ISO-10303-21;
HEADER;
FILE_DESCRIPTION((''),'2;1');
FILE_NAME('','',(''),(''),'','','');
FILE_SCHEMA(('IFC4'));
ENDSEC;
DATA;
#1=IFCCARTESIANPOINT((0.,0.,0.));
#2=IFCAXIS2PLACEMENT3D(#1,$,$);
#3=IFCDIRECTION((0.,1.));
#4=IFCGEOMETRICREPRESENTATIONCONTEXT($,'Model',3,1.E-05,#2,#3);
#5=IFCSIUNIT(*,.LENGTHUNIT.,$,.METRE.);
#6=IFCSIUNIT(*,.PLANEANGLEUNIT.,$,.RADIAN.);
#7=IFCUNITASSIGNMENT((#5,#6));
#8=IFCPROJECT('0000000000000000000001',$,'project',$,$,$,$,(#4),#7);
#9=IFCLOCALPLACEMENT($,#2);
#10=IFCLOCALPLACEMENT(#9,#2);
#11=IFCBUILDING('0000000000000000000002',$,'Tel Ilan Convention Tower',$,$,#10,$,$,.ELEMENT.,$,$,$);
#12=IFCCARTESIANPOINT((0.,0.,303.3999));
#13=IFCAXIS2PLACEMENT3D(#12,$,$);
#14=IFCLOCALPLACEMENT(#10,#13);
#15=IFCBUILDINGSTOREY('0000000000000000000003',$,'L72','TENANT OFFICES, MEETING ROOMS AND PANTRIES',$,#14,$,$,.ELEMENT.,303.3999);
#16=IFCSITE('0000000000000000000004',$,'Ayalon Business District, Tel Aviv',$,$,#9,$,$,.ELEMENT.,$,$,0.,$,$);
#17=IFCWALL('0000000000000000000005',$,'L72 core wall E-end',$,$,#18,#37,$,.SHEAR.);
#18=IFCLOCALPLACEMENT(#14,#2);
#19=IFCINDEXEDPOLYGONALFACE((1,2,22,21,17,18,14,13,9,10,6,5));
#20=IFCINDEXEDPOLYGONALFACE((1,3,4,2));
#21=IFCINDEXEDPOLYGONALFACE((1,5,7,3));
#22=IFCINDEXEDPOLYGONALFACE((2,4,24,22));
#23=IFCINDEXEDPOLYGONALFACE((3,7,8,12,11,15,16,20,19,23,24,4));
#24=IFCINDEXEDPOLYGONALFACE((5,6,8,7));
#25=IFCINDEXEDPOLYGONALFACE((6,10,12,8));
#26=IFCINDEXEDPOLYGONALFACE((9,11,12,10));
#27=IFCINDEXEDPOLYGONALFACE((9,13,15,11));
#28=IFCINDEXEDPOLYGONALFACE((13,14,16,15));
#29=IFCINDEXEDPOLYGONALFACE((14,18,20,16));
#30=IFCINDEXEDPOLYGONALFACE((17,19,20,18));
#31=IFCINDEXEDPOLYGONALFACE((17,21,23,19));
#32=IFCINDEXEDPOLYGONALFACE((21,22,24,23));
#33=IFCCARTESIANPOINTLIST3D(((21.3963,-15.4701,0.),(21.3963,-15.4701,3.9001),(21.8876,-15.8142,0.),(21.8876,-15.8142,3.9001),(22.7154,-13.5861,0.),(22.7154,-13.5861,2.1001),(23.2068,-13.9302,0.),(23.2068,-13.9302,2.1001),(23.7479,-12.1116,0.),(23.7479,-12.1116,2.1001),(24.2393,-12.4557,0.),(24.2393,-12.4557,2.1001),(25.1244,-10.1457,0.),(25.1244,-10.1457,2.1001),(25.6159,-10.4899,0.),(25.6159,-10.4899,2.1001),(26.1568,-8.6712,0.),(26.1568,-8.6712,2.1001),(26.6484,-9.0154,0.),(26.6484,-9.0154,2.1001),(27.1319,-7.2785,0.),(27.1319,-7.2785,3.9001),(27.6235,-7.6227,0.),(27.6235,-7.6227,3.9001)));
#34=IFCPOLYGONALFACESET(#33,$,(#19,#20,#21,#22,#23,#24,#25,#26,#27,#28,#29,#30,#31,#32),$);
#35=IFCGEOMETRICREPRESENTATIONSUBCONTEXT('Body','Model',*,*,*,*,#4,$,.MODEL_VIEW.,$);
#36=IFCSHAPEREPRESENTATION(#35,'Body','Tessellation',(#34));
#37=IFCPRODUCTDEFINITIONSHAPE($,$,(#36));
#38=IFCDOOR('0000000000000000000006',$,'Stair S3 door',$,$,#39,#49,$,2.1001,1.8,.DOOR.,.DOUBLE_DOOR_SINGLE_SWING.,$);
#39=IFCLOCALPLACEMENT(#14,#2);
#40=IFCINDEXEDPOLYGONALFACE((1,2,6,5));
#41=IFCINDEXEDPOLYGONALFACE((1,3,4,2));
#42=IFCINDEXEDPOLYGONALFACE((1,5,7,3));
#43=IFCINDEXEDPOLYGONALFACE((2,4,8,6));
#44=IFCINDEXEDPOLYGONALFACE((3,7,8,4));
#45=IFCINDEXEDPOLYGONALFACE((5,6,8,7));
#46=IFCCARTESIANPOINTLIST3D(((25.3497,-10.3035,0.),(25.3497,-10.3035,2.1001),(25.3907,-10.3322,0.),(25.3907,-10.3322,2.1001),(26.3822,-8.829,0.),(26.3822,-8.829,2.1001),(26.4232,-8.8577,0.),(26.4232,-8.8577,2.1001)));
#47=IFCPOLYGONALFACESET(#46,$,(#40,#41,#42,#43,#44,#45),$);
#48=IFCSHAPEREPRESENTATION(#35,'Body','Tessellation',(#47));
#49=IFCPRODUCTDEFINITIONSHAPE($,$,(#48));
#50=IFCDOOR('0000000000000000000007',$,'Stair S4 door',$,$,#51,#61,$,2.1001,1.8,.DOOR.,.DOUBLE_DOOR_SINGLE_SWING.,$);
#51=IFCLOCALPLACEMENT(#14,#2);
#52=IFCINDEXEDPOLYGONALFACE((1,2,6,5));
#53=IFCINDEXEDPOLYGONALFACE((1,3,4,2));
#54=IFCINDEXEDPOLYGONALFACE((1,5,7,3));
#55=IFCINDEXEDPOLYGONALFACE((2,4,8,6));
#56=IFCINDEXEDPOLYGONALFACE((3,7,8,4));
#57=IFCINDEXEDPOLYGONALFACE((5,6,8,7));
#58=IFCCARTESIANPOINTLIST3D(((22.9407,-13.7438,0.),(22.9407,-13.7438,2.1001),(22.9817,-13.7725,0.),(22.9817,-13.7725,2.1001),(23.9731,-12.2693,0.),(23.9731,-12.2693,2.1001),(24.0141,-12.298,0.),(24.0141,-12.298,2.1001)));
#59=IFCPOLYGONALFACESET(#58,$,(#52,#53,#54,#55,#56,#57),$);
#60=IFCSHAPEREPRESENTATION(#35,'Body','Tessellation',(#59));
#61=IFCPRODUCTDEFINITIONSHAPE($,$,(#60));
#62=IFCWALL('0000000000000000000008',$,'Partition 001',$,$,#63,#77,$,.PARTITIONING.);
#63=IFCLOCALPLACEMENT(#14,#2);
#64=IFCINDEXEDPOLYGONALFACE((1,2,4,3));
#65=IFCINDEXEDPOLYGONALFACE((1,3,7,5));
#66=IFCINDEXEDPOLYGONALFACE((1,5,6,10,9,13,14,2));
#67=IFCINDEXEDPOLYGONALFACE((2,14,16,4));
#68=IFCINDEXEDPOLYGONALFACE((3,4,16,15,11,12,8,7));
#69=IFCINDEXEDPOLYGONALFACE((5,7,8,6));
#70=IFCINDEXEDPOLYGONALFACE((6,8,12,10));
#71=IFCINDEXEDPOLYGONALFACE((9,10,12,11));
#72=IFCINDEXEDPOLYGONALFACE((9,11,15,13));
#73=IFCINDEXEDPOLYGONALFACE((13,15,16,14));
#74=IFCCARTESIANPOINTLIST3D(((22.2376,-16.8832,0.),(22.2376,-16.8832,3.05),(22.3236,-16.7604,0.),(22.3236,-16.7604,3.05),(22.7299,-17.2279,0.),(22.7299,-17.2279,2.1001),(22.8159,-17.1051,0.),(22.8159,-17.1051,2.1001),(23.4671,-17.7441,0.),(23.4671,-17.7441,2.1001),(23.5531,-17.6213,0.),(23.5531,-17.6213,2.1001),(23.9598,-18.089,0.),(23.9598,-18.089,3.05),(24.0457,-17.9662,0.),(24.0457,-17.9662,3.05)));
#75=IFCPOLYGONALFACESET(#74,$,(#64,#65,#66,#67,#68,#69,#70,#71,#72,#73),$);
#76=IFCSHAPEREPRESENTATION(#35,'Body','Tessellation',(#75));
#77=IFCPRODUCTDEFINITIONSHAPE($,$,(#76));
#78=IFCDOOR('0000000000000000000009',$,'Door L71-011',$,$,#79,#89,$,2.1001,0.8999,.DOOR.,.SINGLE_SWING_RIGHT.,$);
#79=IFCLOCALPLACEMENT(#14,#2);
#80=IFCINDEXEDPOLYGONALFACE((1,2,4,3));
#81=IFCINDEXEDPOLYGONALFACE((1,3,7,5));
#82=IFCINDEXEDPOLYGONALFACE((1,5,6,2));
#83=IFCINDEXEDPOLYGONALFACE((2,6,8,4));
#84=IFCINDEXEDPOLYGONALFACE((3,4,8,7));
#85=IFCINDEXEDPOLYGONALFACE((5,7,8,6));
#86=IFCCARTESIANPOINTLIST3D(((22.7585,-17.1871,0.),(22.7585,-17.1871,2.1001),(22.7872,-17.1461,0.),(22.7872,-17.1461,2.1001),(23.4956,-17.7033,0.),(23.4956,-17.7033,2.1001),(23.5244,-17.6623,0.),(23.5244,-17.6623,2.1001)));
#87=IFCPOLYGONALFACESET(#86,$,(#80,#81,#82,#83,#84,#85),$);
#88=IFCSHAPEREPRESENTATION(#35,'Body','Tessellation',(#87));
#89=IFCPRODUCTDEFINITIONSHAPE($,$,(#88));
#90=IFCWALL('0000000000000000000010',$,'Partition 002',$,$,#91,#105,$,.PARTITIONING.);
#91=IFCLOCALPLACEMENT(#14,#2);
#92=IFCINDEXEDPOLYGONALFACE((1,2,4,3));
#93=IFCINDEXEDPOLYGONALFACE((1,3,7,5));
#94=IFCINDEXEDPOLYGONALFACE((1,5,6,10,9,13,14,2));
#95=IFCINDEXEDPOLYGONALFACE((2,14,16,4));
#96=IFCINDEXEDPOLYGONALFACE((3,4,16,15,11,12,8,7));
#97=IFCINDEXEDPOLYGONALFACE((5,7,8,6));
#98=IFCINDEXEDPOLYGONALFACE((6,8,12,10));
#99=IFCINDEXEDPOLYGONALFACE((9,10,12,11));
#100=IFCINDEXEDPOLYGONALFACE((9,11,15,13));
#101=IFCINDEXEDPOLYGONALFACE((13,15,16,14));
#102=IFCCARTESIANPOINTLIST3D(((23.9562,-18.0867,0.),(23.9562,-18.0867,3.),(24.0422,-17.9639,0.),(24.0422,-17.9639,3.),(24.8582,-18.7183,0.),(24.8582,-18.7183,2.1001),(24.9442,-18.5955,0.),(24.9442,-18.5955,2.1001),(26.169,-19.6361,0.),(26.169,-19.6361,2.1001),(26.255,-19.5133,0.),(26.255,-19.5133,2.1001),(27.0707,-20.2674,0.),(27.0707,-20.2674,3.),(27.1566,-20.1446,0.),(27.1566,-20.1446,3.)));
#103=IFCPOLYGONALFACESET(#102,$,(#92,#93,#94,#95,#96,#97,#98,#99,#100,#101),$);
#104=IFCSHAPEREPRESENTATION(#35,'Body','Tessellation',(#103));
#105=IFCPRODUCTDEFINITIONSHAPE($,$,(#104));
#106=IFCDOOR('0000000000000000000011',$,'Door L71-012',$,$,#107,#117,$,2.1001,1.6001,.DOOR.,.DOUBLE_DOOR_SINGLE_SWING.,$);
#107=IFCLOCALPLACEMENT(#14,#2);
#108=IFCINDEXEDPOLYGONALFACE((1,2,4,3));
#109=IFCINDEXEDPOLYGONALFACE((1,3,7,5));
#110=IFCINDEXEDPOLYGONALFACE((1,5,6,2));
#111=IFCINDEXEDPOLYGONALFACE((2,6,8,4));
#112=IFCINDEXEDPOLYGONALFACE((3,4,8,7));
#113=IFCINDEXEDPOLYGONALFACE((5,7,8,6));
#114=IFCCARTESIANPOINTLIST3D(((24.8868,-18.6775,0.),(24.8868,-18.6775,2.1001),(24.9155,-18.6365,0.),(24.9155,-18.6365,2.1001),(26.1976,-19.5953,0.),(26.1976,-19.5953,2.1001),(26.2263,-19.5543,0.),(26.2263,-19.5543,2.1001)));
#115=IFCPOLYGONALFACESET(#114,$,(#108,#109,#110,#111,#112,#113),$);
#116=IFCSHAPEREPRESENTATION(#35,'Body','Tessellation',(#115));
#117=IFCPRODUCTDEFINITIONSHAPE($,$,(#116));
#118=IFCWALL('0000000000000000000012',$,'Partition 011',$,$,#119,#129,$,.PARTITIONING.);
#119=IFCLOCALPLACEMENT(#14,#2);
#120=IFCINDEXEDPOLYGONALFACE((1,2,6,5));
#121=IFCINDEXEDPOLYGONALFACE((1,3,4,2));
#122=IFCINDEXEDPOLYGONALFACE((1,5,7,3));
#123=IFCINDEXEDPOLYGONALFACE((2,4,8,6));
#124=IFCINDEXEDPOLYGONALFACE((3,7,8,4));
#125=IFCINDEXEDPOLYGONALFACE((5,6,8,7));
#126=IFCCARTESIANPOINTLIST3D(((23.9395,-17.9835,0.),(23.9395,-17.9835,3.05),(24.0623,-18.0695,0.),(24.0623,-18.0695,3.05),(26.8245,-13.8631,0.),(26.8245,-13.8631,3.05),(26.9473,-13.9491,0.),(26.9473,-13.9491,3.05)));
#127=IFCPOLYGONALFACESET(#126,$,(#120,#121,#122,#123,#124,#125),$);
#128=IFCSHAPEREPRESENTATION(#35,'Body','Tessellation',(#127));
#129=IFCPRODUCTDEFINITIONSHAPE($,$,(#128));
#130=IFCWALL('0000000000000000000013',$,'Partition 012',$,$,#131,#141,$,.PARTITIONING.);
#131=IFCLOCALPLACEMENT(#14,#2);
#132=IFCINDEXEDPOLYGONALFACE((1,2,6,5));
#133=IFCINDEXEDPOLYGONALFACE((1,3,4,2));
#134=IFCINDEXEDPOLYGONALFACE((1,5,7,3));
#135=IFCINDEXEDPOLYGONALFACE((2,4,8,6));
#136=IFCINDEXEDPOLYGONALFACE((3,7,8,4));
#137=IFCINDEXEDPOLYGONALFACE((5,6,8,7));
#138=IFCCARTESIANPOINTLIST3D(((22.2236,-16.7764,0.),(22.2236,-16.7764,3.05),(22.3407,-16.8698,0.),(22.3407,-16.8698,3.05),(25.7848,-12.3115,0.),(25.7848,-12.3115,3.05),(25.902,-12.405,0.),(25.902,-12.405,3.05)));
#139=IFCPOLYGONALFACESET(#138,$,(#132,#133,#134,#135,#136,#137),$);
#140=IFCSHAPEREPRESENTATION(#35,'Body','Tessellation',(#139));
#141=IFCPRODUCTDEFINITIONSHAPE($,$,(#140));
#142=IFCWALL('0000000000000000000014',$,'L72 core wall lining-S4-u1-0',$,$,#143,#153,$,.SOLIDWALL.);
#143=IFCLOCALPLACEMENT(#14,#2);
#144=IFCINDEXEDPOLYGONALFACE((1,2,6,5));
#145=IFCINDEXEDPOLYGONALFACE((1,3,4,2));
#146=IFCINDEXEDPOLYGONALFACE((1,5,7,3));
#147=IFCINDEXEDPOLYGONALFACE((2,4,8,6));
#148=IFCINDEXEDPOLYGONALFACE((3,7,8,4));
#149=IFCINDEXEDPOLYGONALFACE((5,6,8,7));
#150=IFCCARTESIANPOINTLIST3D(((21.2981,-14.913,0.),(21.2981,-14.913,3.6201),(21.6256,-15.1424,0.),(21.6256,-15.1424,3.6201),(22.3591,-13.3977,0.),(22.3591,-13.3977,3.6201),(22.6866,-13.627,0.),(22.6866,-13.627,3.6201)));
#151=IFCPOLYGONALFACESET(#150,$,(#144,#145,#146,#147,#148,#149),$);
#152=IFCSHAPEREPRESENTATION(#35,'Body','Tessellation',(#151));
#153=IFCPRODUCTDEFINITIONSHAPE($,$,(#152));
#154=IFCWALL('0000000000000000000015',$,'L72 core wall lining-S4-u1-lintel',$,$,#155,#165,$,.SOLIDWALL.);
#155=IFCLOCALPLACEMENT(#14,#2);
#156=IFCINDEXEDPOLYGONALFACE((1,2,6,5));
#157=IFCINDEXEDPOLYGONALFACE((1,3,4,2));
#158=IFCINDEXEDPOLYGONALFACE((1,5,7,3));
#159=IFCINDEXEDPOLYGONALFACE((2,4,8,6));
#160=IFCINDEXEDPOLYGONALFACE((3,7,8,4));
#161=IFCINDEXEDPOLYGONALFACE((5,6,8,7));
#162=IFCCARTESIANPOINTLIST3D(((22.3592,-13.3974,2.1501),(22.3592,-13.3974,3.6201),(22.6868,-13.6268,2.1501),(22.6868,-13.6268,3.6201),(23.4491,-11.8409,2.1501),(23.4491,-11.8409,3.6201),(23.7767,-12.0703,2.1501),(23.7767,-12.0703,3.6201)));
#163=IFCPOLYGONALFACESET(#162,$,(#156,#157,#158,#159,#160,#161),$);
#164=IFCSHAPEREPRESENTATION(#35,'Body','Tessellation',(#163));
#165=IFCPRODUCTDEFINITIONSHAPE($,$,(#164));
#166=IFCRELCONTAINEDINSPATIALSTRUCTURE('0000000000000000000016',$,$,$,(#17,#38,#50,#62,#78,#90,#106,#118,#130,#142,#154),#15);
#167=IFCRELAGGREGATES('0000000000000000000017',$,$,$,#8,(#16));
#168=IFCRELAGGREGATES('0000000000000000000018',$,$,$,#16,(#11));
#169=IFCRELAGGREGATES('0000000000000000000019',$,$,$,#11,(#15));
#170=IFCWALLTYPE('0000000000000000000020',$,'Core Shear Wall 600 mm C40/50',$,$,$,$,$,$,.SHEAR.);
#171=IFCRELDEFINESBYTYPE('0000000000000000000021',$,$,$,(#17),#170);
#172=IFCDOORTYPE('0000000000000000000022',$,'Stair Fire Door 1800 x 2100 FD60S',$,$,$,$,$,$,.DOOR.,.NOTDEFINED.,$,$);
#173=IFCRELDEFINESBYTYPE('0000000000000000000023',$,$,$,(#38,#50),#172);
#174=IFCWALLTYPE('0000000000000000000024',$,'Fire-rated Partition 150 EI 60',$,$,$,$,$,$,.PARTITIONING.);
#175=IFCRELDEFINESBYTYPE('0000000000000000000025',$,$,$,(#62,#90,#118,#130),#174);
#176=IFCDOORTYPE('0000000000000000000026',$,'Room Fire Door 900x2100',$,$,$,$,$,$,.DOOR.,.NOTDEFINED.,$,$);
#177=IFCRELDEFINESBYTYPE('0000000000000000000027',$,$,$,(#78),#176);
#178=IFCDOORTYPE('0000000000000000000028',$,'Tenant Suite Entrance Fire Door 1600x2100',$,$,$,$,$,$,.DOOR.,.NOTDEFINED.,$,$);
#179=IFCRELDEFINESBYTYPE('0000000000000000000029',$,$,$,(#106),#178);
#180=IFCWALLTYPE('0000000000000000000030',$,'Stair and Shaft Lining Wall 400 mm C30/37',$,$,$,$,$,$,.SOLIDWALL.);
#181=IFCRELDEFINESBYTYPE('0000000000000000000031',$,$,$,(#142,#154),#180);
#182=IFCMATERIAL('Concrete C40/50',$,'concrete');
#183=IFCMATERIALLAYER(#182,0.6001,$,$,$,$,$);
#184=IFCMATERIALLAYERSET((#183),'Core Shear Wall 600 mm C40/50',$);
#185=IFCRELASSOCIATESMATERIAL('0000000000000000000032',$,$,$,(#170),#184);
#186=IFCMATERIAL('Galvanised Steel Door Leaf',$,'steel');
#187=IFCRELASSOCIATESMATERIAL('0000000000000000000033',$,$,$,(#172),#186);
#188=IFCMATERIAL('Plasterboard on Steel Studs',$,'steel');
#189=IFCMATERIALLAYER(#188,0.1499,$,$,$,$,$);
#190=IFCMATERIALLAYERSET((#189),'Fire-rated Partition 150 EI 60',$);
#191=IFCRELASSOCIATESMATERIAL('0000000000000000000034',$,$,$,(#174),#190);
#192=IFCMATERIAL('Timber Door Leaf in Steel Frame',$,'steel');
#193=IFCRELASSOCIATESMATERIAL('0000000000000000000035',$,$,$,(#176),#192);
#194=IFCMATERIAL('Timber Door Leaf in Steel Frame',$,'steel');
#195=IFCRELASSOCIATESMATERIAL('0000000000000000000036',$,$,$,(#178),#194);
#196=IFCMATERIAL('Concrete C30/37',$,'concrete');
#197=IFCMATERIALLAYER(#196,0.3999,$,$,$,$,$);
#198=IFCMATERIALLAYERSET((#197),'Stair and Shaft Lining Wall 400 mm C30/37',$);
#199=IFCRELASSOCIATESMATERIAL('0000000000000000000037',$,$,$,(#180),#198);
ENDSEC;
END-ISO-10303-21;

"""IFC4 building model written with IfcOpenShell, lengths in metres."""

from ifc_helpers import new_model, si_unit, direction, frame, frame_2d, origin, place, context, subcontext, project, spatial, polyline, rectangle, outline, extrude, material, layer, layer_set, type_object, element, fill, save


model = new_model("IFC4")

# Units and contexts
model_context = context("Model", 3, precision=1e-05, world=origin(), true_north=direction((0.0, 1.0)))
body_context = subcontext(model_context, "Body", "Model", "MODEL_VIEW")
ifc_project = project(units=[si_unit("LENGTHUNIT", "METRE"), si_unit("PLANEANGLEUNIT", "RADIAN")], contexts=[model_context])

# Site, building, storey
site_placement = place(None, origin())
site = spatial("IfcSite", under=ifc_project, at=site_placement, Name="Ayalon Business District, Tel Aviv", CompositionType="ELEMENT", RefElevation=0.0)
building_placement = place(site_placement, origin())
building = spatial("IfcBuilding", under=site, at=building_placement, Name="Tel Ilan Convention Tower", CompositionType="ELEMENT")
storey_placement = place(building_placement, frame((0.0, 0.0, 303.3999)))
storey = spatial("IfcBuildingStorey", under=building, at=storey_placement, Name="L72", Description="TENANT OFFICES, MEETING ROOMS AND PANTRIES", CompositionType="ELEMENT", Elevation=303.3999)

# Wall, openings, doors
ifc_material_1 = material(Name="Concrete C40/50", Category="concrete")
ifc_layer_1 = layer(ifc_material_1, 0.6001)
ifc_layer_set_1 = layer_set([ifc_layer_1], Name="Core Shear Wall 600 mm C40/50")
wall_type_1 = type_object("IfcWallType", Name="Core Shear Wall 600 mm C40/50", PredefinedType="SHEAR", material=ifc_layer_set_1)
wall_1_placement = place(storey_placement, frame((21.6418, -15.6421, 0.0), z_axis=(0.0, 0.0, 1.0), x_axis=(0.573587, 0.819145, 0.0)))
wall_1 = element("IfcWall", 1, at=wall_1_placement, inside=storey, type_object=wall_type_1, Name="L72 core wall E-end", PredefinedType="SHEAR", context=body_context, shape_type="SweptSolid", body=[
    extrude(outline(polyline([(10.0, 0.3), (0.0, 0.2998), (0.0, -0.3), (10.0, -0.3), (10.0, 0.3)])), origin(), (0.0, 0.0, 1.0), 3.9001),
])
opening_1_placement = place(wall_1_placement, frame((6.5, 0.0, 0.0)))
opening_1 = element("IfcOpeningElement", 2, at=opening_1_placement, cuts=wall_1, PredefinedType="OPENING", context=body_context, shape_type="SweptSolid", body=[
    extrude(rectangle(XDim=1.8, YDim=2.1001, at=frame_2d((0.8999, 1.05))), frame((0.0, 0.3101, 0.0), z_axis=(0.0, -1.0, 0.0), x_axis=(1.0, 0.0, 0.0)), (0.0, 0.0, 1.0), 0.6201),
])
opening_2_placement = place(wall_1_placement, frame((2.3, 0.0, 0.0)))
opening_2 = element("IfcOpeningElement", 3, at=opening_2_placement, cuts=wall_1, PredefinedType="OPENING", context=body_context, shape_type="SweptSolid", body=[
    extrude(rectangle(XDim=1.8, YDim=2.1001, at=frame_2d((0.8999, 1.05))), frame((0.0, 0.3101, 0.0), z_axis=(0.0, -1.0, 0.0), x_axis=(1.0, 0.0, 0.0)), (0.0, 0.0, 1.0), 0.6201),
])
ifc_material_2 = material(Name="Galvanised Steel Door Leaf", Category="steel")
door_type_1 = type_object("IfcDoorType", Name="Stair Fire Door 1800 x 2100 FD60S", OperationType="NOTDEFINED", PredefinedType="DOOR", material=ifc_material_2)
door_1_placement = place(opening_1_placement, origin())
door_1 = element("IfcDoor", 4, at=door_1_placement, inside=storey, type_object=door_type_1, Name="Stair S3 door", OperationType="DOUBLE_DOOR_SINGLE_SWING", OverallHeight=2.1001, OverallWidth=1.8, PredefinedType="DOOR", context=body_context, shape_type="SweptSolid", body=[
    extrude(rectangle(XDim=1.8, YDim=2.1001, at=frame_2d((0.8999, 1.05))), frame((0.0, 0.0249, 0.0), z_axis=(0.0, -1.0, 0.0), x_axis=(1.0, 0.0, 0.0)), (0.0, 0.0, 1.0), 0.05),
])
fill(opening_1, door_1)
door_2_placement = place(opening_2_placement, origin())
door_2 = element("IfcDoor", 5, at=door_2_placement, inside=storey, type_object=door_type_1, Name="Stair S4 door", OperationType="DOUBLE_DOOR_SINGLE_SWING", OverallHeight=2.1001, OverallWidth=1.8, PredefinedType="DOOR", context=body_context, shape_type="SweptSolid", body=[
    extrude(rectangle(XDim=1.8, YDim=2.1001, at=frame_2d((0.8999, 1.05))), frame((0.0, 0.0249, 0.0), z_axis=(0.0, -1.0, 0.0), x_axis=(1.0, 0.0, 0.0)), (0.0, 0.0, 1.0), 0.05),
])
fill(opening_2, door_2)

# Walls, openings, doors
ifc_material_3 = material(Name="Plasterboard on Steel Studs", Category="steel")
ifc_layer_2 = layer(ifc_material_3, 0.1499)
ifc_layer_set_2 = layer_set([ifc_layer_2], Name="Fire-rated Partition 150 EI 60")
wall_type_2 = type_object("IfcWallType", Name="Fire-rated Partition 150 EI 60", PredefinedType="PARTITIONING", material=ifc_layer_set_2)
wall_2_placement = place(storey_placement, frame((22.2805, -16.8218, 0.0), z_axis=(0.0, 0.0, 1.0), x_axis=(0.819166, -0.573556, 0.0)))
wall_2 = element("IfcWall", 6, at=wall_2_placement, inside=storey, type_object=wall_type_2, Name="Partition 001", PredefinedType="PARTITIONING", context=body_context, shape_type="SweptSolid", body=[
    extrude(rectangle(XDim=2.1023, YDim=0.1499, at=frame_2d((1.0513, 0.0))), origin(), (0.0, 0.0, 1.0), 3.05),
])
opening_3_placement = place(wall_2_placement, frame((0.6011, 0.0, 0.0)))
opening_3 = element("IfcOpeningElement", 7, at=opening_3_placement, cuts=wall_2, PredefinedType="OPENING", context=body_context, shape_type="SweptSolid", body=[
    extrude(rectangle(XDim=0.8999, YDim=2.1001, at=frame_2d((0.45, 1.05))), frame((0.0, 0.085, 0.0), z_axis=(0.0, -1.0, 0.0), x_axis=(1.0, 0.0, 0.0)), (0.0, 0.0, 1.0), 0.1699),
])
ifc_material_4 = material(Name="Timber Door Leaf in Steel Frame", Category="steel")
door_type_2 = type_object("IfcDoorType", Name="Room Fire Door 900x2100", OperationType="NOTDEFINED", PredefinedType="DOOR", material=ifc_material_4)
door_3_placement = place(opening_3_placement, origin())
door_3 = element("IfcDoor", 8, at=door_3_placement, inside=storey, type_object=door_type_2, Name="Door L71-011", OperationType="SINGLE_SWING_RIGHT", OverallHeight=2.1001, OverallWidth=0.8999, PredefinedType="DOOR", context=body_context, shape_type="SweptSolid", body=[
    extrude(rectangle(XDim=0.8999, YDim=2.1001, at=frame_2d((0.45, 1.05))), frame((0.0, 0.0249, 0.0), z_axis=(0.0, -1.0, 0.0), x_axis=(1.0, 0.0, 0.0)), (0.0, 0.0, 1.0), 0.05),
])
fill(opening_3, door_3)
wall_3_placement = place(storey_placement, frame((23.9993, -18.0254, 0.0), z_axis=(0.0, 0.0, 1.0), x_axis=(0.819169, -0.573553, 0.0)))
wall_3 = element("IfcWall", 9, at=wall_3_placement, inside=storey, type_object=wall_type_2, Name="Partition 002", PredefinedType="PARTITIONING", context=body_context, shape_type="SweptSolid", body=[
    extrude(rectangle(XDim=3.802, YDim=0.1499, at=frame_2d((1.9009, 0.0))), origin(), (0.0, 0.0, 1.0), 3.0),
])
opening_4_placement = place(wall_3_placement, frame((1.1011, 0.0, 0.0)))
opening_4 = element("IfcOpeningElement", 10, at=opening_4_placement, cuts=wall_3, PredefinedType="OPENING", context=body_context, shape_type="SweptSolid", body=[
    extrude(rectangle(XDim=1.6001, YDim=2.1001, at=frame_2d((0.8, 1.05))), frame((0.0, 0.085, 0.0), z_axis=(0.0, -1.0, 0.0), x_axis=(1.0, 0.0, 0.0)), (0.0, 0.0, 1.0), 0.1699),
])
ifc_material_5 = material(Name="Timber Door Leaf in Steel Frame", Category="steel")
door_type_3 = type_object("IfcDoorType", Name="Tenant Suite Entrance Fire Door 1600x2100", OperationType="NOTDEFINED", PredefinedType="DOOR", material=ifc_material_5)
door_4_placement = place(opening_4_placement, origin())
door_4 = element("IfcDoor", 11, at=door_4_placement, inside=storey, type_object=door_type_3, Name="Door L71-012", OperationType="DOUBLE_DOOR_SINGLE_SWING", OverallHeight=2.1001, OverallWidth=1.6001, PredefinedType="DOOR", context=body_context, shape_type="SweptSolid", body=[
    extrude(rectangle(XDim=1.6001, YDim=2.1001, at=frame_2d((0.8, 1.05))), frame((0.0, 0.0249, 0.0), z_axis=(0.0, -1.0, 0.0), x_axis=(1.0, 0.0, 0.0)), (0.0, 0.0, 1.0), 0.05),
])
fill(opening_4, door_4)

# Walls
wall_4_placement = place(storey_placement, frame((26.886, -13.906, 0.0), z_axis=(0.0, 0.0, 1.0), x_axis=(-0.573563, -0.819161, 0.0)))
element("IfcWall", 12, at=wall_4_placement, inside=storey, type_object=wall_type_2, Name="Partition 011", PredefinedType="PARTITIONING", context=body_context, shape_type="SweptSolid", body=[
    extrude(rectangle(XDim=5.03, YDim=0.1499, at=frame_2d((2.5151, 0.0))), origin(), (0.0, 0.0, 1.0), 3.05),
])
wall_5_placement = place(storey_placement, frame((22.2822, -16.823, 0.0), z_axis=(0.0, 0.0, 1.0), x_axis=(0.623563, 0.781773, 0.0)))
element("IfcWall", 13, at=wall_5_placement, inside=storey, type_object=wall_type_2, Name="Partition 012", PredefinedType="PARTITIONING", context=body_context, shape_type="SweptSolid", body=[
    extrude(rectangle(XDim=5.7112, YDim=0.1499, at=frame_2d((2.8555, 0.0))), origin(), (0.0, 0.0, 1.0), 3.05),
])
ifc_material_6 = material(Name="Concrete C30/37", Category="concrete")
ifc_layer_3 = layer(ifc_material_6, 0.3999)
ifc_layer_set_3 = layer_set([ifc_layer_3], Name="Stair and Shaft Lining Wall 400 mm C30/37")
wall_type_3 = type_object("IfcWallType", Name="Stair and Shaft Lining Wall 400 mm C30/37", PredefinedType="SOLIDWALL", material=ifc_layer_set_3)
wall_6_placement = place(storey_placement, frame((21.4619, -15.0276, 0.0), z_axis=(0.0, 0.0, 1.0), x_axis=(0.57356, 0.819164, 0.0)))
element("IfcWall", 14, at=wall_6_placement, inside=storey, type_object=wall_type_3, Name="L72 core wall lining-S4-u1-0", PredefinedType="SOLIDWALL", context=body_context, shape_type="SweptSolid", body=[
    extrude(rectangle(XDim=1.8499, YDim=0.3999, at=frame_2d((0.9248, 0.0))), origin(), (0.0, 0.0, 1.0), 3.6201),
])
wall_7_placement = place(storey_placement, frame((22.5229, -13.5122, 2.1501), z_axis=(0.0, 0.0, 1.0), x_axis=(0.573592, 0.819141, 0.0)))
element("IfcWall", 15, at=wall_7_placement, inside=storey, type_object=wall_type_3, Name="L72 core wall lining-S4-u1-lintel", PredefinedType="SOLIDWALL", context=body_context, shape_type="SweptSolid", body=[
    extrude(rectangle(XDim=1.9001, YDim=0.3999, at=frame_2d((0.9502, 0.0))), origin(), (0.0, 0.0, 1.0), 1.47),
])

save(model, "model.ifc")
